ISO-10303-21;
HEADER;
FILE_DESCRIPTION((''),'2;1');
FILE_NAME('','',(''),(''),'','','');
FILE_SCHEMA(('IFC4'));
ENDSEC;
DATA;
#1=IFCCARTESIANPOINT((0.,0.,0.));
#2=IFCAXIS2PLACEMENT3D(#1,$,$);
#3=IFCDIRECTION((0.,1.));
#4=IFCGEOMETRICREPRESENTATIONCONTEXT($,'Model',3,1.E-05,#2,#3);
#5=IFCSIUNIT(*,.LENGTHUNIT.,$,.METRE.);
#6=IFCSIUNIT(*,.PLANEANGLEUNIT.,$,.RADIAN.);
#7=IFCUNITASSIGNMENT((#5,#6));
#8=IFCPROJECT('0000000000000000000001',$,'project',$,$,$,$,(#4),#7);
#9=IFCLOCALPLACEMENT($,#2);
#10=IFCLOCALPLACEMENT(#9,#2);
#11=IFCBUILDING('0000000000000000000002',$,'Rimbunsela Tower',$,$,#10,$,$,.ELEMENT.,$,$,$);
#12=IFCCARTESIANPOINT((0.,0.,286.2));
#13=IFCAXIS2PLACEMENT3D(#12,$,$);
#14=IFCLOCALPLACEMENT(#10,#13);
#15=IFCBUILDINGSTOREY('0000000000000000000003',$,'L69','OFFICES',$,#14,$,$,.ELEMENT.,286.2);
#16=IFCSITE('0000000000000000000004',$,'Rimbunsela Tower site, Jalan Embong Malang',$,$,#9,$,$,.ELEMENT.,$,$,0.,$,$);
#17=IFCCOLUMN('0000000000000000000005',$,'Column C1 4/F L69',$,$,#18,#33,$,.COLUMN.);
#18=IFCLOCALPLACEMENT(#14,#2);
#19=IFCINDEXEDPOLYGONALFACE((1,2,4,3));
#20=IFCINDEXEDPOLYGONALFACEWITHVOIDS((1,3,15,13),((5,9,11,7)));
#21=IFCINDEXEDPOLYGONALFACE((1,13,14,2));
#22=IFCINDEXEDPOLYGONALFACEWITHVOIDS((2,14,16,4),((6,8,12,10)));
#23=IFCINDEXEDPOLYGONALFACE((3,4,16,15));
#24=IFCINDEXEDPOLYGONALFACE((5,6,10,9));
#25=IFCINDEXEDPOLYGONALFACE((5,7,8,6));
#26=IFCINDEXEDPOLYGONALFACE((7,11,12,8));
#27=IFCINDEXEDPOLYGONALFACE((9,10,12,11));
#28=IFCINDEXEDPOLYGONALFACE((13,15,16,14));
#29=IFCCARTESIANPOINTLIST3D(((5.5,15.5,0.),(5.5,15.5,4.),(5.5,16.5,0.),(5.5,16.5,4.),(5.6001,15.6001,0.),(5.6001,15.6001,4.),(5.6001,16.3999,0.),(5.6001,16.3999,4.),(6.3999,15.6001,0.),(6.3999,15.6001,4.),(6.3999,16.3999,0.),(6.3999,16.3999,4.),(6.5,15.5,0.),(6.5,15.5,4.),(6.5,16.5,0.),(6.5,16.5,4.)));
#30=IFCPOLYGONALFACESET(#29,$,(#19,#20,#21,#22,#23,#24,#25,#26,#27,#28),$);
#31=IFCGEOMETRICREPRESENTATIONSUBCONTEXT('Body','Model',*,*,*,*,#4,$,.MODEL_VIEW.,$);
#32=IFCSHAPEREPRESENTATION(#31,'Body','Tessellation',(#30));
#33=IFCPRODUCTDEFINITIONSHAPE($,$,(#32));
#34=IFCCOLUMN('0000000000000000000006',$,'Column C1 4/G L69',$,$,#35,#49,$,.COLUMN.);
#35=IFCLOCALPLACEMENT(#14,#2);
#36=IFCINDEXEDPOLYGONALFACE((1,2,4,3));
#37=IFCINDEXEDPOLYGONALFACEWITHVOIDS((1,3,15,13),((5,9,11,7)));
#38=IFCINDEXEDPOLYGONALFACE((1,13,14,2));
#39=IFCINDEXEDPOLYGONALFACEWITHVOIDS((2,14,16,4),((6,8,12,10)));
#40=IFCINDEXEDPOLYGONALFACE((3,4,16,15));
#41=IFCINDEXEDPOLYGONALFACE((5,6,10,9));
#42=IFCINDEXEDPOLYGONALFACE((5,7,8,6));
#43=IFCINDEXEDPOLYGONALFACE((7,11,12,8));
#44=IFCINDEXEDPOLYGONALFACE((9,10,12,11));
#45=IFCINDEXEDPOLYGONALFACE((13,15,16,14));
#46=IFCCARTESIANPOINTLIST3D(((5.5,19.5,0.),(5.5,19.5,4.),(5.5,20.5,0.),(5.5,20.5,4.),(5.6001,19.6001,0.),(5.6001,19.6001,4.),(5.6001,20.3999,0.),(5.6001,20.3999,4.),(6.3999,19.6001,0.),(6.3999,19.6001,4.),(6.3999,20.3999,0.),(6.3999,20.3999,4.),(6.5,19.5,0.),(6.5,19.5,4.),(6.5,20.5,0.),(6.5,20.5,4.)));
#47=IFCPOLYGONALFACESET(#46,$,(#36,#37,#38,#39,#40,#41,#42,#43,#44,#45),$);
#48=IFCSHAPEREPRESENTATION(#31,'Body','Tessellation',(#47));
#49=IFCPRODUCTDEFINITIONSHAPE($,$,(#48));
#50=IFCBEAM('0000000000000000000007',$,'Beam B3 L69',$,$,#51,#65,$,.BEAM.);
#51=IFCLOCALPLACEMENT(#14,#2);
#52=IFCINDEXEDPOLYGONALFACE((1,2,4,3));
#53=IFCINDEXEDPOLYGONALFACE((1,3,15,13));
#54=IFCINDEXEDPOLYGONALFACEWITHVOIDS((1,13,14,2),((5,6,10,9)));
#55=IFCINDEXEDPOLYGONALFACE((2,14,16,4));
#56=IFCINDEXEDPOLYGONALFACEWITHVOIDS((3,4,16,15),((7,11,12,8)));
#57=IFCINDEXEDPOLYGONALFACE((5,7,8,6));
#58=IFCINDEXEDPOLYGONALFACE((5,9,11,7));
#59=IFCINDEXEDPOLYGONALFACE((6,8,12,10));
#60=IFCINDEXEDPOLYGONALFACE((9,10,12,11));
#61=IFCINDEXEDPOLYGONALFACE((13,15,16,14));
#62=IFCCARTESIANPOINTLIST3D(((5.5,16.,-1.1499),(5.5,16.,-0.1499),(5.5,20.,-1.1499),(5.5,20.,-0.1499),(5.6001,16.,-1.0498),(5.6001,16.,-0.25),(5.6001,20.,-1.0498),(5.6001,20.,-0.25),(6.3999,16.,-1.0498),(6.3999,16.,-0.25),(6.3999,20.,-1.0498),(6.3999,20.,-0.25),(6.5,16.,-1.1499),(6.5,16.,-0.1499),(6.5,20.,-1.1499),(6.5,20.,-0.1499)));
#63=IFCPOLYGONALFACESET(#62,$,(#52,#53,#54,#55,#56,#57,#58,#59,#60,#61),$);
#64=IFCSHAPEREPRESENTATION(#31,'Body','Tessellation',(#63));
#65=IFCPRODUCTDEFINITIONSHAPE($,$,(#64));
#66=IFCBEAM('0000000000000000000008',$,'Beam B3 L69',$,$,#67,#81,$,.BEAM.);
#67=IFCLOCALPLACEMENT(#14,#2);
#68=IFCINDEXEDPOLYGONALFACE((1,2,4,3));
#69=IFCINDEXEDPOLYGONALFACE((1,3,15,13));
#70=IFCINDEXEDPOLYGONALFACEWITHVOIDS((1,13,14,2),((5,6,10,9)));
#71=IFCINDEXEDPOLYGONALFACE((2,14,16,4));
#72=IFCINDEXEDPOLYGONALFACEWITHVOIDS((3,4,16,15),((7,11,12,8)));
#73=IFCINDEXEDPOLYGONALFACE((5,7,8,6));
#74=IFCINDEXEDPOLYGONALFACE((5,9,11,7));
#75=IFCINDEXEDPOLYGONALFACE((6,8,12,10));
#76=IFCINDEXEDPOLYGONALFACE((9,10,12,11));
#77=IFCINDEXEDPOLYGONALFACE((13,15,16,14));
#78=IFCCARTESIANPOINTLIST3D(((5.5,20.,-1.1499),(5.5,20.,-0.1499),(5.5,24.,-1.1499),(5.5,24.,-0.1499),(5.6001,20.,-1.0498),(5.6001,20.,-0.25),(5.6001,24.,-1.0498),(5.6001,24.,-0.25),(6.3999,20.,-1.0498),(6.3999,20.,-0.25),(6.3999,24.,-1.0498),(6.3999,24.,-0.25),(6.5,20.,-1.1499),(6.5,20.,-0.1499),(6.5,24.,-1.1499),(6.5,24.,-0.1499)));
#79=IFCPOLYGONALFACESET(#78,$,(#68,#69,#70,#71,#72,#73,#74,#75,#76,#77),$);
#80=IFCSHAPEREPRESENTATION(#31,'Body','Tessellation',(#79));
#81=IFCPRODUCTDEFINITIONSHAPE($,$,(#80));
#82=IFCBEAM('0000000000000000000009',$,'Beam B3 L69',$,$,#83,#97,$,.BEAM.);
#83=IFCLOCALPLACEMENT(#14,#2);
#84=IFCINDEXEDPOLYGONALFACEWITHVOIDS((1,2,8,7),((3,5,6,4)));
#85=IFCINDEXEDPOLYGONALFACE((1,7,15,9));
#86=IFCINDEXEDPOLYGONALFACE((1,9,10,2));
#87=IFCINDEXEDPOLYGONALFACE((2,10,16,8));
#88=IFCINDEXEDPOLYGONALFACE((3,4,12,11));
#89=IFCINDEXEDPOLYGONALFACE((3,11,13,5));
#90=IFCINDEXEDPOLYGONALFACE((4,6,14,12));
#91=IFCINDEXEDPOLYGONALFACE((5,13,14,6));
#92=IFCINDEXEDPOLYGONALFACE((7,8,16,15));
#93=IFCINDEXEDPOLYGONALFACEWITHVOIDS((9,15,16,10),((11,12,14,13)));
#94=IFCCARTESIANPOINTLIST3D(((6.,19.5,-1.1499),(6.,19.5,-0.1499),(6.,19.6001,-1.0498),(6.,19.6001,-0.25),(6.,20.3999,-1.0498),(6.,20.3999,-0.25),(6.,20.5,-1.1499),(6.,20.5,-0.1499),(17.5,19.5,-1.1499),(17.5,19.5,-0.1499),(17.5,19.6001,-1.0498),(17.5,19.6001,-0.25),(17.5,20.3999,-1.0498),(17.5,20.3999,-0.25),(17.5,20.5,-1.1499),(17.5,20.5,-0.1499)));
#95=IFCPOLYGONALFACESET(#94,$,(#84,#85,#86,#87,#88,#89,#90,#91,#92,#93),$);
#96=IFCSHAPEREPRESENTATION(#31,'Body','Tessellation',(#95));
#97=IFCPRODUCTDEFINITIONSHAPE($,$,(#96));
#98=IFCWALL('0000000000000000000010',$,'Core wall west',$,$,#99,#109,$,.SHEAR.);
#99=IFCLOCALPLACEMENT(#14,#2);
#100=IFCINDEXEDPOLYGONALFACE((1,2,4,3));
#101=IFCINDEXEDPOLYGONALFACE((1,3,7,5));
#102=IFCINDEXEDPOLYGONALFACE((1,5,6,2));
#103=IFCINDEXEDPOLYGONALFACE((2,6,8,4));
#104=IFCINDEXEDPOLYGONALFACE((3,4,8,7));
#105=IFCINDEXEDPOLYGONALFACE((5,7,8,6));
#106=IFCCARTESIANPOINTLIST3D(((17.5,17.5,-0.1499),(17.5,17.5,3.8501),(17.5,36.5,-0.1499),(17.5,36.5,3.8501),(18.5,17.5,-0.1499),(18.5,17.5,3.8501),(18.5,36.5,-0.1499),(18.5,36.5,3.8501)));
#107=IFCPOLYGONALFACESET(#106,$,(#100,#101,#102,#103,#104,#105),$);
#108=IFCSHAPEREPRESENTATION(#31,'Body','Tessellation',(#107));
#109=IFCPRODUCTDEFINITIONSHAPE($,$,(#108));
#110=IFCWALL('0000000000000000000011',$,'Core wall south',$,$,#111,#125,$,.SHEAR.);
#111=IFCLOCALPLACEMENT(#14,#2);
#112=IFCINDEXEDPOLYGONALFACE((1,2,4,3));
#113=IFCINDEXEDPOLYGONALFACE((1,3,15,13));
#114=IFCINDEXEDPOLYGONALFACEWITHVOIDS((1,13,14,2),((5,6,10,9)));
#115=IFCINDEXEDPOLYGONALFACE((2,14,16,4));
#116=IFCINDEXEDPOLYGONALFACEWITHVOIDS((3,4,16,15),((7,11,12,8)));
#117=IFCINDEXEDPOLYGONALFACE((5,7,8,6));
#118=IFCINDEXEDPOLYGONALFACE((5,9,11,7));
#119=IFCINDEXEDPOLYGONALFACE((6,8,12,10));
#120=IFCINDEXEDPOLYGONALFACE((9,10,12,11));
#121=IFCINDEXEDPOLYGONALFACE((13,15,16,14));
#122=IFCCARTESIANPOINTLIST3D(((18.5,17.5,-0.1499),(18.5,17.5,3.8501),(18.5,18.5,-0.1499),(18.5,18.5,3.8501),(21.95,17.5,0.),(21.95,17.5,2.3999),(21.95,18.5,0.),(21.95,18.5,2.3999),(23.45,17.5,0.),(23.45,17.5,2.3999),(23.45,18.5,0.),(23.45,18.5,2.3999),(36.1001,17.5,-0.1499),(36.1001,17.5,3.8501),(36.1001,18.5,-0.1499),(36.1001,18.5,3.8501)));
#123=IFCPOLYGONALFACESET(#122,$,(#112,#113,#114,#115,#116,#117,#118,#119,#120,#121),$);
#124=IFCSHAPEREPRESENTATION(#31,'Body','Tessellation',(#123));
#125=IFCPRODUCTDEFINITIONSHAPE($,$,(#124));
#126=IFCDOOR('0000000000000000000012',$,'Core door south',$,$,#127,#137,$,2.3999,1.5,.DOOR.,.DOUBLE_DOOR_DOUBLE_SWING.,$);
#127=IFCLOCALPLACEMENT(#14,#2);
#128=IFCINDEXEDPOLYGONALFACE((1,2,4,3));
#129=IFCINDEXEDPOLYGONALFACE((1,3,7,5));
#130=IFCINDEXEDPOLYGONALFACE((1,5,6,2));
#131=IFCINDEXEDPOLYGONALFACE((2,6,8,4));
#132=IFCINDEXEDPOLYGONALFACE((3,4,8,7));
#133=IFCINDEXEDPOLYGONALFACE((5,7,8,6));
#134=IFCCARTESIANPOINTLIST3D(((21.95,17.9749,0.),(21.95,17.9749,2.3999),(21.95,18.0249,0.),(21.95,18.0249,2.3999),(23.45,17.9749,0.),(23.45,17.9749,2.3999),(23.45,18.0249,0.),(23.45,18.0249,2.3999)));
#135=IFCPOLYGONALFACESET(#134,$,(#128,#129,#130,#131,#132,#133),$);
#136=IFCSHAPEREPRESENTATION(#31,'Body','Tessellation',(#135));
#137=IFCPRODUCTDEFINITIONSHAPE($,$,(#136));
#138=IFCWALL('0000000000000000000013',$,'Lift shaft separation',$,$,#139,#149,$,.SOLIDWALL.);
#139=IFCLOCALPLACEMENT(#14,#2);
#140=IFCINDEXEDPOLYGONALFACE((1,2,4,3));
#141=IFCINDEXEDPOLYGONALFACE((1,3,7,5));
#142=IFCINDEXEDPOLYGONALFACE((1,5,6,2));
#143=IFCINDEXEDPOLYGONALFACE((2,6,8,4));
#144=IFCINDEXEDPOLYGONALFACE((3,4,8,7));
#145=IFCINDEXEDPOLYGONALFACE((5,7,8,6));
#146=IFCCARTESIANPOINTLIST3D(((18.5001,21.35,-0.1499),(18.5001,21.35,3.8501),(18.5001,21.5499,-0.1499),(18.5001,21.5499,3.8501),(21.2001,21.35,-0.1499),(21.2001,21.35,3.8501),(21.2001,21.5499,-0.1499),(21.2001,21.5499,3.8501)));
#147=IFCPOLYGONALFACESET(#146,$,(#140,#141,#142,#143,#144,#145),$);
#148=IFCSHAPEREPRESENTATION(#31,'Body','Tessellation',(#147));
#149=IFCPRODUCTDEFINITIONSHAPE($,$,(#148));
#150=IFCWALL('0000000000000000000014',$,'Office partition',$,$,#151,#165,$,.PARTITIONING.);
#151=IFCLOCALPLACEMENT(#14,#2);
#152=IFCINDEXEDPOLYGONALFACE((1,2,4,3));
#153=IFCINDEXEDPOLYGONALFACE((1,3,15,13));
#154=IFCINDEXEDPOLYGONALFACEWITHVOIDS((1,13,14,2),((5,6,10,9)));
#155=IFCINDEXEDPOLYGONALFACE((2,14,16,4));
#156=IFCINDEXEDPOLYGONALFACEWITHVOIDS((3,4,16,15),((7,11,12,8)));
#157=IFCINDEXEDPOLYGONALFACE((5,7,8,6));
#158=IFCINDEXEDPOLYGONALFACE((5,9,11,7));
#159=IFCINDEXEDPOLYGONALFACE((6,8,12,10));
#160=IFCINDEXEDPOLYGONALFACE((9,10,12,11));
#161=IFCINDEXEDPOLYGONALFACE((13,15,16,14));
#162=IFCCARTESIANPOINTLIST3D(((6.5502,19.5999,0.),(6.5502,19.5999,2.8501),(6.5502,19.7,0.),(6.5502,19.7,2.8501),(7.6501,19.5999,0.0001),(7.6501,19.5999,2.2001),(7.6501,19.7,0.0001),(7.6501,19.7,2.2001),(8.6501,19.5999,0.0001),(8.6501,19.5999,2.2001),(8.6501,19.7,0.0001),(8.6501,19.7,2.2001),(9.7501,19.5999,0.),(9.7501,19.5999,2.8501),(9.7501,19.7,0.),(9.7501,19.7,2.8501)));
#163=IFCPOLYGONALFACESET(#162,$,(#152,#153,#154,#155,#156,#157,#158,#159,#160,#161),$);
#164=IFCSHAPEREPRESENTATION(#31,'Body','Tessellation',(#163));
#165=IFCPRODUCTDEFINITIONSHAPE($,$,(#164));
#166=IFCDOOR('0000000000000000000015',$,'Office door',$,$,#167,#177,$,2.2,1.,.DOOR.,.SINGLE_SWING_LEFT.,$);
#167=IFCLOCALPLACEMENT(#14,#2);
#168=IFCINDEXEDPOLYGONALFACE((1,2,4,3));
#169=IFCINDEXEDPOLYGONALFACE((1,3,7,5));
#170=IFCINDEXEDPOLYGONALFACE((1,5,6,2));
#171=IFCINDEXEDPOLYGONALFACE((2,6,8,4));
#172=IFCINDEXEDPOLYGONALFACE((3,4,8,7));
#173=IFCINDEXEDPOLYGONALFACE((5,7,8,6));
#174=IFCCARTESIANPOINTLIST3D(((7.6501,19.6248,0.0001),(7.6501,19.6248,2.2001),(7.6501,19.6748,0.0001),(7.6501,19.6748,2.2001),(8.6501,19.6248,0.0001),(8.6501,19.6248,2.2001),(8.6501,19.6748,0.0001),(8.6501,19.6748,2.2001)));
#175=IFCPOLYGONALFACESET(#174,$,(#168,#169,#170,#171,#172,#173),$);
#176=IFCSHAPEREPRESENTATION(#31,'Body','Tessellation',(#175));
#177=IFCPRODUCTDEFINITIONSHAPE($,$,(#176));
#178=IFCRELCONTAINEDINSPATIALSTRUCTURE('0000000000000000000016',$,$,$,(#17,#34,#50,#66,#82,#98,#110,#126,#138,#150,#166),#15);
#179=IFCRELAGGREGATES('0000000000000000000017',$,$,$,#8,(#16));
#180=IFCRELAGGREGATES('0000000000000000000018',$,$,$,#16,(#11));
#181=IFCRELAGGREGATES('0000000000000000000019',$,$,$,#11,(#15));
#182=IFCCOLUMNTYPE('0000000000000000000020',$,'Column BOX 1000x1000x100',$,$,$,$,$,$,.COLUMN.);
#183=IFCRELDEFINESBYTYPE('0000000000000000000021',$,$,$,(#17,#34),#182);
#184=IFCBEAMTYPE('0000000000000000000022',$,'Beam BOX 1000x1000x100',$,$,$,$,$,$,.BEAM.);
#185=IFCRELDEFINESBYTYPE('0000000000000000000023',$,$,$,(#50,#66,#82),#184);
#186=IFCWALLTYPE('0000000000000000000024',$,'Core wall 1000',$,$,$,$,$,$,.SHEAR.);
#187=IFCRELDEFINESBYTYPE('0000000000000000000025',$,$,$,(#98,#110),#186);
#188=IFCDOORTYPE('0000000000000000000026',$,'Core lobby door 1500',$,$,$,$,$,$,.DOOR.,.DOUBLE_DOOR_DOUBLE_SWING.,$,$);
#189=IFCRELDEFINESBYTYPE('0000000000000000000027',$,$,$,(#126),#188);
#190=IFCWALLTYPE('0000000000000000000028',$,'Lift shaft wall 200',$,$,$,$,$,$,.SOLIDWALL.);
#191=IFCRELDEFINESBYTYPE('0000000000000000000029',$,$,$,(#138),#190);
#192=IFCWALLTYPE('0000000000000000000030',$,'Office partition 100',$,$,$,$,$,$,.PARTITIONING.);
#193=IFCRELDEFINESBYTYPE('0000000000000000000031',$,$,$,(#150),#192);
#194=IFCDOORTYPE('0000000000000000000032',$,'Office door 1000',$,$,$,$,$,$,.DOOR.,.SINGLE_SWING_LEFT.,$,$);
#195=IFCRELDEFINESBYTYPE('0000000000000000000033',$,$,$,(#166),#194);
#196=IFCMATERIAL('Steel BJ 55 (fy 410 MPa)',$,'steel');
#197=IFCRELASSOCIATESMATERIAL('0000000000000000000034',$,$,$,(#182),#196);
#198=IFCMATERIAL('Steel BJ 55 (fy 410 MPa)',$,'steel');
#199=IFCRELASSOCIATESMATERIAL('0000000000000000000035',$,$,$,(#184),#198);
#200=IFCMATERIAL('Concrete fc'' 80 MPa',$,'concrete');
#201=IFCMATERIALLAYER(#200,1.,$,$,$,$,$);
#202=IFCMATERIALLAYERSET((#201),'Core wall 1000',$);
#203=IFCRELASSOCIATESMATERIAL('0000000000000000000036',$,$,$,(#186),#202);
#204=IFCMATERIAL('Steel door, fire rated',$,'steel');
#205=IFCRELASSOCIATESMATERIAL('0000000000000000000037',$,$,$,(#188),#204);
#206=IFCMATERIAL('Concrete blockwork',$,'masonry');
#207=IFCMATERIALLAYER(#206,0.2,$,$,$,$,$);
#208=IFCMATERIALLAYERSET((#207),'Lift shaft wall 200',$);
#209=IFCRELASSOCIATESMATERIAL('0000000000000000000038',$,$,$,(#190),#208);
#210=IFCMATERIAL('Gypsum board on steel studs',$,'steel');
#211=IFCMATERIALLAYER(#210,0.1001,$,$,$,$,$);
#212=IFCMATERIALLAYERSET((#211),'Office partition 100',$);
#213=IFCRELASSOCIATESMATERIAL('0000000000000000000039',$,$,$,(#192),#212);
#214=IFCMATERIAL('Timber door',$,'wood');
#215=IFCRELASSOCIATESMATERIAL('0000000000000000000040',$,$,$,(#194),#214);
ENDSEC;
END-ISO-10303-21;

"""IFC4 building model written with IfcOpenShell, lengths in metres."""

from ifc_helpers import new_model, si_unit, direction, frame, frame_2d, origin, origin_2d, place, context, subcontext, project, spatial, rectangle, hollow_rectangle, extrude, material, layer, layer_set, material_profile, profile_set, type_object, element, fill, save


model = new_model("IFC4")

# Units and contexts
model_context = context("Model", 3, precision=1e-05, world=origin(), true_north=direction((0.0, 1.0)))
body_context = subcontext(model_context, "Body", "Model", "MODEL_VIEW")
ifc_project = project(units=[si_unit("LENGTHUNIT", "METRE"), si_unit("PLANEANGLEUNIT", "RADIAN")], contexts=[model_context])

# Site, building, storey
site_placement = place(None, origin())
site = spatial("IfcSite", under=ifc_project, at=site_placement, Name="Rimbunsela Tower site, Jalan Embong Malang", CompositionType="ELEMENT", RefElevation=0.0)
building_placement = place(site_placement, origin())
building = spatial("IfcBuilding", under=site, at=building_placement, Name="Rimbunsela Tower", CompositionType="ELEMENT")
storey_placement = place(building_placement, frame((0.0, 0.0, 286.2)))
storey = spatial("IfcBuildingStorey", under=building, at=storey_placement, Name="L69", Description="OFFICES", CompositionType="ELEMENT", Elevation=286.2)

# Columns
ifc_material_1 = material(Name="Steel BJ 55 (fy 410 MPa)", Category="steel")
ifc_material_profile_1 = material_profile(ifc_material_1, hollow_rectangle(XDim=1.0, YDim=1.0, WallThickness=0.1001, at=origin_2d()), Name="BOX 1000x1000x100")
ifc_profile_set_1 = profile_set([ifc_material_profile_1], Name="Steel BJ 55 (fy 410 MPa)")
column_type = type_object("IfcColumnType", Name="Column BOX 1000x1000x100", PredefinedType="COLUMN", material=ifc_profile_set_1)
for number, where, z_axis, x_axis, name in (
    (1, (6.0, 16.0, 0.0), (0.0, 0.0, 1.0), (1.0, 0.0, 0.0), "Column C1 4/F L69"),
    (2, (6.0, 20.0, 0.0), (0.0, 0.0, 1.0), (1.0, 0.0, 0.0), "Column C1 4/G L69"),
):
    element("IfcColumn", number, at=place(storey_placement, frame(where, z_axis=z_axis, x_axis=x_axis)), inside=storey, type_object=column_type, Name=name, PredefinedType="COLUMN", context=body_context, shape_type="SweptSolid", body=[
        extrude(hollow_rectangle(XDim=1.0, YDim=1.0, WallThickness=0.1001, at=origin_2d()), origin(), (0.0, 0.0, 1.0), 4.0),
    ])

# Beams
ifc_material_2 = material(Name="Steel BJ 55 (fy 410 MPa)", Category="steel")
ifc_material_profile_2 = material_profile(ifc_material_2, hollow_rectangle(XDim=1.0, YDim=1.0, WallThickness=0.1001, at=origin_2d()), Name="BOX 1000x1000x100")
ifc_profile_set_2 = profile_set([ifc_material_profile_2], Name="Steel BJ 55 (fy 410 MPa)")
beam_type = type_object("IfcBeamType", Name="Beam BOX 1000x1000x100", PredefinedType="BEAM", material=ifc_profile_set_2)
for number, where, z_axis, x_axis, name in (
    (3, (6.0, 16.0, -0.6499), (0.0, 1.0, 0.0), (-1.0, 0.0, 0.0), "Beam B3 L69"),
    (4, (6.0, 20.0, -0.6499), (0.0, 1.0, 0.0), (-1.0, 0.0, 0.0), "Beam B3 L69"),
):
    element("IfcBeam", number, at=place(storey_placement, frame(where, z_axis=z_axis, x_axis=x_axis)), inside=storey, type_object=beam_type, Name=name, PredefinedType="BEAM", context=body_context, shape_type="SweptSolid", body=[
        extrude(hollow_rectangle(XDim=1.0, YDim=1.0, WallThickness=0.1001, at=origin_2d()), origin(), (0.0, 0.0, 1.0), 4.0),
    ])
beam_placement = place(storey_placement, frame((6.0, 20.0, -0.6499), z_axis=(1.0, 0.0, 0.0), x_axis=(0.0, 1.0, 0.0)))
element("IfcBeam", 5, at=beam_placement, inside=storey, type_object=beam_type, Name="Beam B3 L69", PredefinedType="BEAM", context=body_context, shape_type="SweptSolid", body=[
    extrude(hollow_rectangle(XDim=1.0, YDim=1.0, WallThickness=0.1001, at=origin_2d()), origin(), (0.0, 0.0, 1.0), 11.5),
])

# Wall
ifc_material_3 = material(Name="Concrete fc' 80 MPa", Category="concrete")
ifc_layer_1 = layer(ifc_material_3, 1.0)
ifc_layer_set_1 = layer_set([ifc_layer_1], Name="Core wall 1000")
wall_type_1 = type_object("IfcWallType", Name="Core wall 1000", PredefinedType="SHEAR", material=ifc_layer_set_1)
wall_1_placement = place(storey_placement, frame((18.0, 17.5, -0.1499), z_axis=(0.0, 0.0, 1.0), x_axis=(0.0, 1.0, 0.0)))
element("IfcWall", 6, at=wall_1_placement, inside=storey, type_object=wall_type_1, Name="Core wall west", PredefinedType="SHEAR", context=body_context, shape_type="SweptSolid", body=[
    extrude(rectangle(XDim=19.0, YDim=1.0, at=frame_2d((9.5, 0.0))), origin(), (0.0, 0.0, 1.0), 4.0),
])

# Wall, opening, door
wall_2_placement = place(storey_placement, frame((18.5, 18.0, -0.1499), z_axis=(0.0, 0.0, 1.0), x_axis=(1.0, 0.0, 0.0)))
wall_2 = element("IfcWall", 7, at=wall_2_placement, inside=storey, type_object=wall_type_1, Name="Core wall south", PredefinedType="SHEAR", context=body_context, shape_type="SweptSolid", body=[
    extrude(rectangle(XDim=17.6001, YDim=1.0, at=frame_2d((8.8, 0.0))), origin(), (0.0, 0.0, 1.0), 4.0),
])
opening_1_placement = place(wall_2_placement, frame((3.45, 0.0, 0.1499)))
opening_1 = element("IfcOpeningElement", 8, at=opening_1_placement, cuts=wall_2, PredefinedType="OPENING", context=body_context, shape_type="SweptSolid", body=[
    extrude(rectangle(XDim=1.5, YDim=2.3999, at=frame_2d((0.75, 1.2))), frame((0.0, 0.51, 0.0), z_axis=(0.0, -1.0, 0.0), x_axis=(1.0, 0.0, 0.0)), (0.0, 0.0, 1.0), 1.02),
])
ifc_material_4 = material(Name="Steel door, fire rated", Category="steel")
door_type_1 = type_object("IfcDoorType", Name="Core lobby door 1500", OperationType="DOUBLE_DOOR_DOUBLE_SWING", PredefinedType="DOOR", material=ifc_material_4)
door_1_placement = place(opening_1_placement, origin())
door_1 = element("IfcDoor", 9, at=door_1_placement, inside=storey, type_object=door_type_1, Name="Core door south", OperationType="DOUBLE_DOOR_DOUBLE_SWING", OverallHeight=2.3999, OverallWidth=1.5, PredefinedType="DOOR", context=body_context, shape_type="SweptSolid", body=[
    extrude(rectangle(XDim=1.5, YDim=2.3999, at=frame_2d((0.75, 1.2))), frame((0.0, 0.0249, 0.0), z_axis=(0.0, -1.0, 0.0), x_axis=(1.0, 0.0, 0.0)), (0.0, 0.0, 1.0), 0.05),
])
fill(opening_1, door_1)

# Wall
ifc_material_5 = material(Name="Concrete blockwork", Category="masonry")
ifc_layer_2 = layer(ifc_material_5, 0.2)
ifc_layer_set_2 = layer_set([ifc_layer_2], Name="Lift shaft wall 200")
wall_type_2 = type_object("IfcWallType", Name="Lift shaft wall 200", PredefinedType="SOLIDWALL", material=ifc_layer_set_2)
wall_3_placement = place(storey_placement, frame((18.5, 21.45, -0.1499), z_axis=(0.0, 0.0, 1.0), x_axis=(1.0, 0.0, 0.0)))
element("IfcWall", 10, at=wall_3_placement, inside=storey, type_object=wall_type_2, Name="Lift shaft separation", PredefinedType="SOLIDWALL", context=body_context, shape_type="SweptSolid", body=[
    extrude(rectangle(XDim=2.7, YDim=0.2, at=frame_2d((1.3501, 0.0))), origin(), (0.0, 0.0, 1.0), 4.0),
])

# Wall, opening, door
ifc_material_6 = material(Name="Gypsum board on steel studs", Category="steel")
ifc_layer_3 = layer(ifc_material_6, 0.1001)
ifc_layer_set_3 = layer_set([ifc_layer_3], Name="Office partition 100")
wall_type_3 = type_object("IfcWallType", Name="Office partition 100", PredefinedType="PARTITIONING", material=ifc_layer_set_3)
wall_4_placement = place(storey_placement, frame((6.55, 19.6499, 0.0), z_axis=(0.0, 0.0, 1.0), x_axis=(1.0, 0.0, 0.0)))
wall_4 = element("IfcWall", 11, at=wall_4_placement, inside=storey, type_object=wall_type_3, Name="Office partition", PredefinedType="PARTITIONING", context=body_context, shape_type="SweptSolid", body=[
    extrude(rectangle(XDim=3.2, YDim=0.1001, at=frame_2d((1.6001, 0.0))), origin(), (0.0, 0.0, 1.0), 2.8501),
])
opening_2_placement = place(wall_4_placement, frame((1.1001, 0.0, 0.0)))
opening_2 = element("IfcOpeningElement", 12, at=opening_2_placement, cuts=wall_4, PredefinedType="OPENING", context=body_context, shape_type="SweptSolid", body=[
    extrude(rectangle(XDim=1.0, YDim=2.2, at=frame_2d((0.5, 1.1001))), frame((0.0, 0.0601, 0.0), z_axis=(0.0, -1.0, 0.0), x_axis=(1.0, 0.0, 0.0)), (0.0, 0.0, 1.0), 0.1201),
])
ifc_material_7 = material(Name="Timber door", Category="wood")
door_type_2 = type_object("IfcDoorType", Name="Office door 1000", OperationType="SINGLE_SWING_LEFT", PredefinedType="DOOR", material=ifc_material_7)
door_2_placement = place(opening_2_placement, origin())
door_2 = element("IfcDoor", 13, at=door_2_placement, inside=storey, type_object=door_type_2, Name="Office door", OperationType="SINGLE_SWING_LEFT", OverallHeight=2.2, OverallWidth=1.0, PredefinedType="DOOR", context=body_context, shape_type="SweptSolid", body=[
    extrude(rectangle(XDim=1.0, YDim=2.2, at=frame_2d((0.5, 1.1001))), frame((0.0, 0.0249, 0.0), z_axis=(0.0, -1.0, 0.0), x_axis=(1.0, 0.0, 0.0)), (0.0, 0.0, 1.0), 0.05),
])
fill(opening_2, door_2)

save(model, "model.ifc")
